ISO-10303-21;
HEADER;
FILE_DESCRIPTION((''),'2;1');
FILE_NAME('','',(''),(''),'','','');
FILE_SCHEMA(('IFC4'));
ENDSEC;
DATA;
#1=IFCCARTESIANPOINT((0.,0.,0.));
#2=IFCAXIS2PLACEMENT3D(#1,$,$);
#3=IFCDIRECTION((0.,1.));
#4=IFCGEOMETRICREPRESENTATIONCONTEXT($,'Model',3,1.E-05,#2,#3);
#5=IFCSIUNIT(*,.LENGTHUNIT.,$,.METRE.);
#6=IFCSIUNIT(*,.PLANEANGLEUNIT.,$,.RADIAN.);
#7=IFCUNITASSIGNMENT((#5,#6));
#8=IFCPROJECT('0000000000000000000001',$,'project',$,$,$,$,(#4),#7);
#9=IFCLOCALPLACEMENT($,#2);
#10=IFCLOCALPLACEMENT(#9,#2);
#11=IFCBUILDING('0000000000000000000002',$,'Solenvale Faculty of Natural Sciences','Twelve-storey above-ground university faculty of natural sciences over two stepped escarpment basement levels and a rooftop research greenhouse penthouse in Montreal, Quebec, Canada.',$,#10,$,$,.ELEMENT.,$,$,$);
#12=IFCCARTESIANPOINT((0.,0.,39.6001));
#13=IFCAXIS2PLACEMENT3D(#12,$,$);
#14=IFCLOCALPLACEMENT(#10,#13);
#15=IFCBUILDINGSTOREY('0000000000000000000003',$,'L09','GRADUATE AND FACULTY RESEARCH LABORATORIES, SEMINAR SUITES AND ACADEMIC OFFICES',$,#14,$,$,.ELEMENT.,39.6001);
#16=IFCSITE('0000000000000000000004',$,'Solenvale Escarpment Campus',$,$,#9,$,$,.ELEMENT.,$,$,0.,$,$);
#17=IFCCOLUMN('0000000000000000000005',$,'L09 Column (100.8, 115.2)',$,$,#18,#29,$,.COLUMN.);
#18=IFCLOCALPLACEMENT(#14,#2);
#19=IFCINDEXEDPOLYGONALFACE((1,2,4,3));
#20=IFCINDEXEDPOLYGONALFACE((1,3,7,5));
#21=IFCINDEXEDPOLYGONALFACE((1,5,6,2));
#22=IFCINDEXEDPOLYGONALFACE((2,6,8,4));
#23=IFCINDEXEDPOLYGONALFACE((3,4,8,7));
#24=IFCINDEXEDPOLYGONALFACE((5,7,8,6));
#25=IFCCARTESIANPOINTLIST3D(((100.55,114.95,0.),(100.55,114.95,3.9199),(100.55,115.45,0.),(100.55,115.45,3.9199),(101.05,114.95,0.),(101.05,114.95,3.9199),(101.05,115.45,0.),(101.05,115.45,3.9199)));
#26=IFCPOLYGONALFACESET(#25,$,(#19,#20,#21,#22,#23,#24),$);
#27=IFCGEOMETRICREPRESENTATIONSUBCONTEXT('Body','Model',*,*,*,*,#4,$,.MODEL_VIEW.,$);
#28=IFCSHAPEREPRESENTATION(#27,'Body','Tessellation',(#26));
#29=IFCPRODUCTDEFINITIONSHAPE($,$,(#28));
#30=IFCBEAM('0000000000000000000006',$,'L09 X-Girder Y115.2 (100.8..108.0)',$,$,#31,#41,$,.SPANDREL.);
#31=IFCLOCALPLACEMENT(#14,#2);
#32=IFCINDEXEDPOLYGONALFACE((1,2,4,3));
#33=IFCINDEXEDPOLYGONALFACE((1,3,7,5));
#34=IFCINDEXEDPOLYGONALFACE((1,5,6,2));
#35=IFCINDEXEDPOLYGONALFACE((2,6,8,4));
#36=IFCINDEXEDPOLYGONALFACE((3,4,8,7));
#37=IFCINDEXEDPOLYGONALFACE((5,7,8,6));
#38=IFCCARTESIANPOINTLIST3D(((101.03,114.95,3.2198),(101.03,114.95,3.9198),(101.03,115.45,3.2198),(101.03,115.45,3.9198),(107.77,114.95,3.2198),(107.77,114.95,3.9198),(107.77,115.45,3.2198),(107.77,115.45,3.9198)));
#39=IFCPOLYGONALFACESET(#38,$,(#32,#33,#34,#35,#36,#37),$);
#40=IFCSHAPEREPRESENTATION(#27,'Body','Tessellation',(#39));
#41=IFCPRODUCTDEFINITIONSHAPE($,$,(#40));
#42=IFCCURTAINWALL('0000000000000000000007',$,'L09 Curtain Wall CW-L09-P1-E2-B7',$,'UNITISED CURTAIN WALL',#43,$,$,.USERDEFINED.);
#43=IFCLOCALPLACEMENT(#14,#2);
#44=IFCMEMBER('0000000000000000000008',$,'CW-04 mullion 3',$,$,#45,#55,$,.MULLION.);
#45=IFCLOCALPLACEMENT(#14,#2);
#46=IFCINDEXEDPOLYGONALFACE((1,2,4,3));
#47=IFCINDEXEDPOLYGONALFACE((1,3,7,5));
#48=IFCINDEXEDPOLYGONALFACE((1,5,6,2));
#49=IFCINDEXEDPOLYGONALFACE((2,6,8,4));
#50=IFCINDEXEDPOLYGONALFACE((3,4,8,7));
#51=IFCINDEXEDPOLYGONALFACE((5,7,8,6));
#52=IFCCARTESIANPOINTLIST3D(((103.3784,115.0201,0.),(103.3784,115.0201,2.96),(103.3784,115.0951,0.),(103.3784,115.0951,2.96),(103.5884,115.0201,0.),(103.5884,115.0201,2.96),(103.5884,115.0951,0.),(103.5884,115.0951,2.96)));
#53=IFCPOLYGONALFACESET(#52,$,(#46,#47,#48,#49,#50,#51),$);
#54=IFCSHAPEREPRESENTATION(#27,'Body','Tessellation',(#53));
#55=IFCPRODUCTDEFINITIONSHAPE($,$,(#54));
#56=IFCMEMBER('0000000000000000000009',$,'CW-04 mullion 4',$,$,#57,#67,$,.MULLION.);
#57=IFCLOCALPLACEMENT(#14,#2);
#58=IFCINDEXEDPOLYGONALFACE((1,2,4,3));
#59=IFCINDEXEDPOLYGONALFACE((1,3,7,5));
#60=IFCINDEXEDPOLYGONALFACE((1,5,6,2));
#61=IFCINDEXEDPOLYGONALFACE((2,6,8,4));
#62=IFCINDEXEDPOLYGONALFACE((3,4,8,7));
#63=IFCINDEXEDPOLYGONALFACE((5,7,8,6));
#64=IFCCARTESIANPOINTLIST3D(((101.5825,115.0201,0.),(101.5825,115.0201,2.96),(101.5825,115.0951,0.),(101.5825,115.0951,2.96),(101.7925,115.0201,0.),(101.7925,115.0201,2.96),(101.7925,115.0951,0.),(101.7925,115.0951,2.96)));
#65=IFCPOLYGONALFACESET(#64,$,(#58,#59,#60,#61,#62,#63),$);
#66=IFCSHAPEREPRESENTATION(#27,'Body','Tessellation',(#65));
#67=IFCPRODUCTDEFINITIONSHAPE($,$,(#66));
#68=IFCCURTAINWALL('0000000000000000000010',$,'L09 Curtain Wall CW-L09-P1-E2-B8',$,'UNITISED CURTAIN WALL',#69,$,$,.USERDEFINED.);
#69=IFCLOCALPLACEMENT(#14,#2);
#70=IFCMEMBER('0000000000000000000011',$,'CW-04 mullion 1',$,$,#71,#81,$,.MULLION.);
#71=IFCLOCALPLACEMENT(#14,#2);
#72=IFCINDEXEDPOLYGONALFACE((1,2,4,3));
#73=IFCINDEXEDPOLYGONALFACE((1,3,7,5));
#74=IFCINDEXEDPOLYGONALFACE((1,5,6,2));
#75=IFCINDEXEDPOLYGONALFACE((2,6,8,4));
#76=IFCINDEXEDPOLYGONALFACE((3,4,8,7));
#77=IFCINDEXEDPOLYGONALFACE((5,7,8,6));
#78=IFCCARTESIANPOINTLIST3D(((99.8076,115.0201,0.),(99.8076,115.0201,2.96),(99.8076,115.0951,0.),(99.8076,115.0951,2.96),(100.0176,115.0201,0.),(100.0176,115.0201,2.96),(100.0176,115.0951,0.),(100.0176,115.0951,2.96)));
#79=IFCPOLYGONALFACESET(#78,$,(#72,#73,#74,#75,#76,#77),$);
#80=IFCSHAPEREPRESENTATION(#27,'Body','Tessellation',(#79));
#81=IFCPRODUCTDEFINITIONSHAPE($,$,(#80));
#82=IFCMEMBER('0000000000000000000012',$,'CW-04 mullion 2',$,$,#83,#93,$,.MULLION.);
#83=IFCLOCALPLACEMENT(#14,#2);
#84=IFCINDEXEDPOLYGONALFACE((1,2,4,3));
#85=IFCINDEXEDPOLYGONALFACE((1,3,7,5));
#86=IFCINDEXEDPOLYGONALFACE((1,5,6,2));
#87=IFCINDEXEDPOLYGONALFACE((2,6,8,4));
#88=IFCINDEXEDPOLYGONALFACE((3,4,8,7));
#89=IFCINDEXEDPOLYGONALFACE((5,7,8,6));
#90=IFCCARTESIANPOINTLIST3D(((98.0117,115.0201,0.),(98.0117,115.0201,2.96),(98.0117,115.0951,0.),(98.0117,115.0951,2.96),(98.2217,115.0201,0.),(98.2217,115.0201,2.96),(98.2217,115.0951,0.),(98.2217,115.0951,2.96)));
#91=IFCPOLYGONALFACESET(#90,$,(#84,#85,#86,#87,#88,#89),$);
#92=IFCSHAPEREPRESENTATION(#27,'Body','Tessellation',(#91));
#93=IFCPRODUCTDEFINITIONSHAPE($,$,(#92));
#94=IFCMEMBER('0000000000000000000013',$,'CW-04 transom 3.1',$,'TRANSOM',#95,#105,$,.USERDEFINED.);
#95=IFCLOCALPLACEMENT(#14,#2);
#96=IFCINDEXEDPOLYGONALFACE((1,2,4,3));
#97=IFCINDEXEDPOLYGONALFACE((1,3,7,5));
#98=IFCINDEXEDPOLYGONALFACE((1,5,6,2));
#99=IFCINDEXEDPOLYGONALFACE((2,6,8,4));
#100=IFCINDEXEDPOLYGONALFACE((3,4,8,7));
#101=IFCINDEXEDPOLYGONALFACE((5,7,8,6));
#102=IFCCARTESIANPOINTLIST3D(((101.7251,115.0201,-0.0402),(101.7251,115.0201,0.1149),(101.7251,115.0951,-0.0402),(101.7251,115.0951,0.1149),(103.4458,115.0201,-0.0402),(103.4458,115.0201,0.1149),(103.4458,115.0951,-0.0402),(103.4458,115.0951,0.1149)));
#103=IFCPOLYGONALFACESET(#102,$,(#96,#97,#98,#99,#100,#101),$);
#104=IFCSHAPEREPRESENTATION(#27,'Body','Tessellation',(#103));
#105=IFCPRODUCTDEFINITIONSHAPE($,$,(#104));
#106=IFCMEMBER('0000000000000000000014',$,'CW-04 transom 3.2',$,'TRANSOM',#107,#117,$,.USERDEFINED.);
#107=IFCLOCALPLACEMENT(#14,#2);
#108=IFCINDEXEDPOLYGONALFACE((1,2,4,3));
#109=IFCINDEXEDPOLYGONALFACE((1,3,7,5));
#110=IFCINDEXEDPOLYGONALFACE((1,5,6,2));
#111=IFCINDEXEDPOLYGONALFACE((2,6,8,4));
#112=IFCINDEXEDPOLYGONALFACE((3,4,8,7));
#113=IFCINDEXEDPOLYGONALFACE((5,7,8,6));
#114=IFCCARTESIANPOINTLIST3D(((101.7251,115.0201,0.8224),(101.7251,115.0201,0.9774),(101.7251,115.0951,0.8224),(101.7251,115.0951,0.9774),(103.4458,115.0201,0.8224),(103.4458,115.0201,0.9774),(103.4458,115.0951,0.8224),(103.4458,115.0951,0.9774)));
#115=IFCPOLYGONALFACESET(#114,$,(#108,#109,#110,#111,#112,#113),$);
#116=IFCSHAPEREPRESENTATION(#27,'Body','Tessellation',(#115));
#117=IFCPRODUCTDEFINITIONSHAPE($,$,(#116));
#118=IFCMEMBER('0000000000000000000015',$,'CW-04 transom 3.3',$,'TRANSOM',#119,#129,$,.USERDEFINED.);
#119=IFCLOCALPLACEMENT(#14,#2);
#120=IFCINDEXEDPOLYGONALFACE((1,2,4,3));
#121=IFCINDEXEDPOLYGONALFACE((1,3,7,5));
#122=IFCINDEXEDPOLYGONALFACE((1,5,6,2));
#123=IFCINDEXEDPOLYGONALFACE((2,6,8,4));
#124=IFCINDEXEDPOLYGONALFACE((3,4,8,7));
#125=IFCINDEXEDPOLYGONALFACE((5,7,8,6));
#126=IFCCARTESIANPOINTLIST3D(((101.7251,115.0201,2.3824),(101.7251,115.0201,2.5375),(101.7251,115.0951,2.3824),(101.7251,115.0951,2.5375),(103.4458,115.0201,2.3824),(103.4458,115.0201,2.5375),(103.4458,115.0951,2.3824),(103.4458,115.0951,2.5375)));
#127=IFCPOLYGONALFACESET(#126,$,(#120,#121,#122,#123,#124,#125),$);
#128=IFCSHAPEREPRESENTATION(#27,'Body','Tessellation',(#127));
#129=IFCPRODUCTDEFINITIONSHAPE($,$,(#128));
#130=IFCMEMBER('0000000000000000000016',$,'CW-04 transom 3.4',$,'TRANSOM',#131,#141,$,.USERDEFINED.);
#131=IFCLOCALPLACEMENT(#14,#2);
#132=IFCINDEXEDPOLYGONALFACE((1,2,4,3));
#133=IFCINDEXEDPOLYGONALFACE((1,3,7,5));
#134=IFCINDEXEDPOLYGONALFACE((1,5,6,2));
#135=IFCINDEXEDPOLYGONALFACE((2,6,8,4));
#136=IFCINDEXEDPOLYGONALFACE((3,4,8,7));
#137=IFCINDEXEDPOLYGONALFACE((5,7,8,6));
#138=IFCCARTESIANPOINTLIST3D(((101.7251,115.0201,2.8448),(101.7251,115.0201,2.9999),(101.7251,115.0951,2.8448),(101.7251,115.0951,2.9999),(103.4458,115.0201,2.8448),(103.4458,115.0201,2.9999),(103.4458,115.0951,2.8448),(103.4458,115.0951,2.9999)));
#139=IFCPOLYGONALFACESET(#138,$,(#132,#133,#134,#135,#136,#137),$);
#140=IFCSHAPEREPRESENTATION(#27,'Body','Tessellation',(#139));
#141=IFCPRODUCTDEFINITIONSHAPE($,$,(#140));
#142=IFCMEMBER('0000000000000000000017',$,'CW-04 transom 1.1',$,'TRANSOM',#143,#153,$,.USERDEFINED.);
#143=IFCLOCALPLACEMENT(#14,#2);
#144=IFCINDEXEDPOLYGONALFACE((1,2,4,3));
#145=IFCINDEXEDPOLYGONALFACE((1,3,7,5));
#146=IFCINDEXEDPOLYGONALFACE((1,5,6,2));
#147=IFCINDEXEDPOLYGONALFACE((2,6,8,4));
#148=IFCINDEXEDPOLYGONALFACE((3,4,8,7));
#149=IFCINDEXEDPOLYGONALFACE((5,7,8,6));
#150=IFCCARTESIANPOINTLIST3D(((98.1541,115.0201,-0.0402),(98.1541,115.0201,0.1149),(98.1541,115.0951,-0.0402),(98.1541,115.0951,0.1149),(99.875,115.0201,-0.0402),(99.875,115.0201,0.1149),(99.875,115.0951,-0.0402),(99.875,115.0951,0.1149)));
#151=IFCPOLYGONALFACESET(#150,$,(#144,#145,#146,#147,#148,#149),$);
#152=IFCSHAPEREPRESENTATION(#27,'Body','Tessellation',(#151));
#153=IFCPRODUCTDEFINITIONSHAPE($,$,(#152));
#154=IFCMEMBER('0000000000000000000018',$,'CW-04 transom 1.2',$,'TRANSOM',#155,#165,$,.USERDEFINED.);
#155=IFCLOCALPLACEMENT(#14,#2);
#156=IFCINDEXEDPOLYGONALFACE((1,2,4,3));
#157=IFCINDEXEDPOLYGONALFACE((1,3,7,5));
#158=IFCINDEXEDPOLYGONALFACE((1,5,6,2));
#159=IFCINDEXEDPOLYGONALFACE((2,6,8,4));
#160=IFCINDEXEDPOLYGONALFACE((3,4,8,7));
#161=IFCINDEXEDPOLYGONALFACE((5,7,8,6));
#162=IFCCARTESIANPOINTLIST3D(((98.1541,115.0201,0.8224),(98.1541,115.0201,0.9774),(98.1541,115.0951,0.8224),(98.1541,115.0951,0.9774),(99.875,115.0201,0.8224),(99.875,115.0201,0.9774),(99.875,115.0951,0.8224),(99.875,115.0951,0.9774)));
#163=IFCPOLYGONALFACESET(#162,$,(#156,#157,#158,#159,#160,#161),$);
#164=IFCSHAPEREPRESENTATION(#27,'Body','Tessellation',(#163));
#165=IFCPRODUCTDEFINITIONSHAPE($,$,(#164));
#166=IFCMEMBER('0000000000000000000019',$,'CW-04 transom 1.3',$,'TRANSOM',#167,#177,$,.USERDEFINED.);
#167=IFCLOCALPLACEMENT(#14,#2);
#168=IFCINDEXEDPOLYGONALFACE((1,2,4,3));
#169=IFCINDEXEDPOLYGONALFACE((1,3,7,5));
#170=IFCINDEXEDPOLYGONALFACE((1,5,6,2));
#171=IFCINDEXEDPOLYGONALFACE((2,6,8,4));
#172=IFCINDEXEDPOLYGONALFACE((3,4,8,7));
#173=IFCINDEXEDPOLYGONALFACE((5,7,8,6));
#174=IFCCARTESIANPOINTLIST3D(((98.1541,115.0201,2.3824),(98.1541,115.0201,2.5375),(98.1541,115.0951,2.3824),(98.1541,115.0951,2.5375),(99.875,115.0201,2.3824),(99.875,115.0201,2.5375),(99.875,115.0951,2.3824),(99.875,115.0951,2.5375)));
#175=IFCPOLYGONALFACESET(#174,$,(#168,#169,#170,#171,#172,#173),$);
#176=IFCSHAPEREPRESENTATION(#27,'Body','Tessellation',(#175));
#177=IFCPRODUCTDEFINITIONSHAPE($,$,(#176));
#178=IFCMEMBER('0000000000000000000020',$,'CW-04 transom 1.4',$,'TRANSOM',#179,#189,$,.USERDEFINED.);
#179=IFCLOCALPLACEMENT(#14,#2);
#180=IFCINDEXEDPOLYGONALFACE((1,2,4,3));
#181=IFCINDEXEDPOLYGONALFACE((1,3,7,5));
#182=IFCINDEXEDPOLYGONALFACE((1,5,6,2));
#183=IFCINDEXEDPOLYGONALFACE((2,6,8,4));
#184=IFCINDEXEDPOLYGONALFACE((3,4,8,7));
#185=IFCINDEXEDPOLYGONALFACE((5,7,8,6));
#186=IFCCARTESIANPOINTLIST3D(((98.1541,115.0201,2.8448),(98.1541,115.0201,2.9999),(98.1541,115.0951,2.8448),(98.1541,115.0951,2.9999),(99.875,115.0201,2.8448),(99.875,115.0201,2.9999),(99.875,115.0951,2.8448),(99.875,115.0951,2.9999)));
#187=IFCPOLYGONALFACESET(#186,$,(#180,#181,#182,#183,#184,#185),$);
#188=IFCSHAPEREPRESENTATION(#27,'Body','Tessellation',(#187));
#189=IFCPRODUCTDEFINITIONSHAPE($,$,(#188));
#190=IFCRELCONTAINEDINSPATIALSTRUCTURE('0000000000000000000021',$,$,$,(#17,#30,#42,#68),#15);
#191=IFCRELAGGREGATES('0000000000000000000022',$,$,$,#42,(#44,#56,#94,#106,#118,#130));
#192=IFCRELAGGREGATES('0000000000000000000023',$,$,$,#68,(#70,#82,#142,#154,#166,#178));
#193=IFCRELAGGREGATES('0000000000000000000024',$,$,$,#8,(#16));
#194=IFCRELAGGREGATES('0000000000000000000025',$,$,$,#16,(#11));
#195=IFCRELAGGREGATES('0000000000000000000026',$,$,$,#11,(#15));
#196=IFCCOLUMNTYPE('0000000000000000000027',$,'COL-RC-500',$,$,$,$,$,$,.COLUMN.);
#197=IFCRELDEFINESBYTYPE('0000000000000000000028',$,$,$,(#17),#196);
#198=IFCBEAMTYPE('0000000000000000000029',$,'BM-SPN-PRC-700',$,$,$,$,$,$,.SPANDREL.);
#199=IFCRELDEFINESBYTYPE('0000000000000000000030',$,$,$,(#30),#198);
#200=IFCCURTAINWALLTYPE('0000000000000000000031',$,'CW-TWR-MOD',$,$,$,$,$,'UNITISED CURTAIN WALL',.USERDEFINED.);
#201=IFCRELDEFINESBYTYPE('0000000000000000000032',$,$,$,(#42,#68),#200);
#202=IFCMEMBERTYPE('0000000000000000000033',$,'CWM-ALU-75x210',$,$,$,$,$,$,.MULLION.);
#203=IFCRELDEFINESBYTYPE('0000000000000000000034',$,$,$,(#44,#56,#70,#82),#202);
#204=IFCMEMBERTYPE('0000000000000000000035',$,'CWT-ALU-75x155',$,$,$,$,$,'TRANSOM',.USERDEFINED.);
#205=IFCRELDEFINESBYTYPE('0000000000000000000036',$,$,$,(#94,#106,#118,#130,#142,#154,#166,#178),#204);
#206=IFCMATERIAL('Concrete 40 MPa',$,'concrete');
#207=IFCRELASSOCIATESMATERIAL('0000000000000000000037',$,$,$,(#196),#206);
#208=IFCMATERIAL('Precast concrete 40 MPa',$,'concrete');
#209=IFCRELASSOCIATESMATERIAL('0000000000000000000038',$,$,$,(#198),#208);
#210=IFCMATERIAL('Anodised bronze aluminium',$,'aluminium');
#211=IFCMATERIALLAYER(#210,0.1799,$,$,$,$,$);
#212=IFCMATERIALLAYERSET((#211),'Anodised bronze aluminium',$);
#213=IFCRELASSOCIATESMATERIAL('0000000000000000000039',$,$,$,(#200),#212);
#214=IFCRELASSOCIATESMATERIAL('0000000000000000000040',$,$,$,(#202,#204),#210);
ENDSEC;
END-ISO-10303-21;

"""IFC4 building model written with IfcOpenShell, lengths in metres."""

from ifc_helpers import new_model, si_unit, direction, frame, origin, origin_2d, place, context, subcontext, project, spatial, rectangle, extrude, material, layer, layer_set, material_profile, profile_set, type_object, element, aggregate, save


model = new_model("IFC4")

# Units and contexts
model_context = context("Model", 3, precision=1e-05, world=origin(), true_north=direction((0.0, 1.0)))
body_context = subcontext(model_context, "Body", "Model", "MODEL_VIEW")
ifc_project = project(units=[si_unit("LENGTHUNIT", "METRE"), si_unit("PLANEANGLEUNIT", "RADIAN")], contexts=[model_context])

# Site, building, storey
site_placement = place(None, origin())
site = spatial("IfcSite", under=ifc_project, at=site_placement, Name="Solenvale Escarpment Campus", CompositionType="ELEMENT", RefElevation=0.0)
building_placement = place(site_placement, origin())
building = spatial("IfcBuilding", under=site, at=building_placement, Name="Solenvale Faculty of Natural Sciences", Description="Twelve-storey above-ground university faculty of natural sciences over two stepped escarpment basement levels and a rooftop research greenhouse penthouse in Montreal, Quebec, Canada.", CompositionType="ELEMENT")
storey_placement = place(building_placement, frame((0.0, 0.0, 39.6001)))
storey = spatial("IfcBuildingStorey", under=building, at=storey_placement, Name="L09", Description="GRADUATE AND FACULTY RESEARCH LABORATORIES, SEMINAR SUITES AND ACADEMIC OFFICES", CompositionType="ELEMENT", Elevation=39.6001)

# Column
ifc_material_1 = material(Name="Concrete 40 MPa", Category="concrete")
ifc_material_profile_1 = material_profile(ifc_material_1, rectangle(XDim=0.5, YDim=0.5, at=origin_2d()), Name="RC-COL-500x500")
ifc_profile_set_1 = profile_set([ifc_material_profile_1], Name="Concrete 40 MPa")
column_type = type_object("IfcColumnType", Name="COL-RC-500", PredefinedType="COLUMN", material=ifc_profile_set_1)
column_placement = place(storey_placement, frame((100.8, 115.2, 0.0), z_axis=(0.0, 0.0, 1.0), x_axis=(1.0, 0.0, 0.0)))
element("IfcColumn", 1, at=column_placement, inside=storey, type_object=column_type, Name="L09 Column (100.8, 115.2)", PredefinedType="COLUMN", context=body_context, shape_type="SweptSolid", body=[
    extrude(rectangle(XDim=0.5, YDim=0.5, at=origin_2d()), origin(), (0.0, 0.0, 1.0), 3.9199),
])

# Beam
ifc_material_2 = material(Name="Precast concrete 40 MPa", Category="concrete")
ifc_material_profile_2 = material_profile(ifc_material_2, rectangle(XDim=0.5, YDim=0.7, at=origin_2d()), Name="RC-BM-500x700")
ifc_profile_set_2 = profile_set([ifc_material_profile_2], Name="Precast concrete 40 MPa")
beam_type = type_object("IfcBeamType", Name="BM-SPN-PRC-700", PredefinedType="SPANDREL", material=ifc_profile_set_2)
beam_placement = place(storey_placement, frame((101.03, 115.2, 3.5698), z_axis=(1.0, 0.0, 0.0), x_axis=(0.0, 1.0, 0.0)))
element("IfcBeam", 2, at=beam_placement, inside=storey, type_object=beam_type, Name="L09 X-Girder Y115.2 (100.8..108.0)", PredefinedType="SPANDREL", context=body_context, shape_type="SweptSolid", body=[
    extrude(rectangle(XDim=0.5, YDim=0.7, at=origin_2d()), origin(), (0.0, 0.0, 1.0), 6.74),
])

# Curtain walls, members
ifc_material_3 = material(Name="Anodised bronze aluminium", Category="aluminium")
ifc_layer_1 = layer(ifc_material_3, 0.1799)
ifc_layer_set_1 = layer_set([ifc_layer_1], Name="Anodised bronze aluminium")
curtain_wall_type = type_object("IfcCurtainWallType", Name="CW-TWR-MOD", ElementType="UNITISED CURTAIN WALL", PredefinedType="USERDEFINED", material=ifc_layer_set_1)
curtain_wall_1_placement = place(storey_placement, origin())
curtain_wall_1 = element("IfcCurtainWall", 3, at=curtain_wall_1_placement, inside=storey, type_object=curtain_wall_type, Name="L09 Curtain Wall CW-L09-P1-E2-B7", ObjectType="UNITISED CURTAIN WALL", PredefinedType="USERDEFINED")
ifc_material_profile_3 = material_profile(ifc_material_3, rectangle(XDim=0.075, YDim=0.21, at=origin_2d()), Name="ALU-MUL-75x210")
ifc_profile_set_3 = profile_set([ifc_material_profile_3], Name="Anodised bronze aluminium")
member_type_1 = type_object("IfcMemberType", Name="CWM-ALU-75x210", PredefinedType="MULLION", material=ifc_profile_set_3)
member_1_placement = place(storey_placement, frame((103.4834, 115.0576, 0.0), z_axis=(0.0, 0.0, 1.0), x_axis=(0.0, -1.0, 0.0)))
member_1 = element("IfcMember", 4, at=member_1_placement, type_object=member_type_1, Name="CW-04 mullion 3", PredefinedType="MULLION", context=body_context, shape_type="SweptSolid", body=[
    extrude(rectangle(XDim=0.075, YDim=0.21, at=origin_2d()), origin(), (0.0, 0.0, 1.0), 2.96),
])
member_2_placement = place(storey_placement, frame((101.6875, 115.0576, 0.0), z_axis=(0.0, 0.0, 1.0), x_axis=(0.0, -1.0, 0.0)))
member_2 = element("IfcMember", 5, at=member_2_placement, type_object=member_type_1, Name="CW-04 mullion 4", PredefinedType="MULLION", context=body_context, shape_type="SweptSolid", body=[
    extrude(rectangle(XDim=0.075, YDim=0.21, at=origin_2d()), origin(), (0.0, 0.0, 1.0), 2.96),
])
curtain_wall_2_placement = place(storey_placement, origin())
curtain_wall_2 = element("IfcCurtainWall", 6, at=curtain_wall_2_placement, inside=storey, type_object=curtain_wall_type, Name="L09 Curtain Wall CW-L09-P1-E2-B8", ObjectType="UNITISED CURTAIN WALL", PredefinedType="USERDEFINED")
member_3_placement = place(storey_placement, frame((99.9126, 115.0576, 0.0), z_axis=(0.0, 0.0, 1.0), x_axis=(0.0, -1.0, 0.0)))
member_3 = element("IfcMember", 7, at=member_3_placement, type_object=member_type_1, Name="CW-04 mullion 1", PredefinedType="MULLION", context=body_context, shape_type="SweptSolid", body=[
    extrude(rectangle(XDim=0.075, YDim=0.21, at=origin_2d()), origin(), (0.0, 0.0, 1.0), 2.96),
])
member_4_placement = place(storey_placement, frame((98.1167, 115.0576, 0.0), z_axis=(0.0, 0.0, 1.0), x_axis=(0.0, -1.0, 0.0)))
member_4 = element("IfcMember", 8, at=member_4_placement, type_object=member_type_1, Name="CW-04 mullion 2", PredefinedType="MULLION", context=body_context, shape_type="SweptSolid", body=[
    extrude(rectangle(XDim=0.075, YDim=0.21, at=origin_2d()), origin(), (0.0, 0.0, 1.0), 2.96),
])

# Members
ifc_material_profile_4 = material_profile(ifc_material_3, rectangle(XDim=0.075, YDim=0.155, at=origin_2d()), Name="ALU-TRN-75x155")
ifc_profile_set_4 = profile_set([ifc_material_profile_4], Name="Anodised bronze aluminium")
member_type_2 = type_object("IfcMemberType", Name="CWT-ALU-75x155", ElementType="TRANSOM", PredefinedType="USERDEFINED", material=ifc_profile_set_4)
member_5_placement = place(storey_placement, frame((103.4458, 115.0576, 0.0374), z_axis=(-1.0, 0.0, 0.0), x_axis=(0.0, -1.0, 0.0)))
member_5 = element("IfcMember", 9, at=member_5_placement, type_object=member_type_2, Name="CW-04 transom 3.1", ObjectType="TRANSOM", PredefinedType="USERDEFINED", context=body_context, shape_type="SweptSolid", body=[
    extrude(rectangle(XDim=0.075, YDim=0.155, at=origin_2d()), origin(), (0.0, 0.0, 1.0), 1.7207),
])
member_6_placement = place(storey_placement, frame((103.4458, 115.0576, 0.8999), z_axis=(-1.0, 0.0, 0.0), x_axis=(0.0, -1.0, 0.0)))
member_6 = element("IfcMember", 10, at=member_6_placement, type_object=member_type_2, Name="CW-04 transom 3.2", ObjectType="TRANSOM", PredefinedType="USERDEFINED", context=body_context, shape_type="SweptSolid", body=[
    extrude(rectangle(XDim=0.075, YDim=0.155, at=origin_2d()), origin(), (0.0, 0.0, 1.0), 1.7207),
])
member_7_placement = place(storey_placement, frame((103.4458, 115.0576, 2.46), z_axis=(-1.0, 0.0, 0.0), x_axis=(0.0, -1.0, 0.0)))
member_7 = element("IfcMember", 11, at=member_7_placement, type_object=member_type_2, Name="CW-04 transom 3.3", ObjectType="TRANSOM", PredefinedType="USERDEFINED", context=body_context, shape_type="SweptSolid", body=[
    extrude(rectangle(XDim=0.075, YDim=0.155, at=origin_2d()), origin(), (0.0, 0.0, 1.0), 1.7207),
])
member_8_placement = place(storey_placement, frame((103.4458, 115.0576, 2.9224), z_axis=(-1.0, 0.0, 0.0), x_axis=(0.0, -1.0, 0.0)))
member_8 = element("IfcMember", 12, at=member_8_placement, type_object=member_type_2, Name="CW-04 transom 3.4", ObjectType="TRANSOM", PredefinedType="USERDEFINED", context=body_context, shape_type="SweptSolid", body=[
    extrude(rectangle(XDim=0.075, YDim=0.155, at=origin_2d()), origin(), (0.0, 0.0, 1.0), 1.7207),
])
member_9_placement = place(storey_placement, frame((99.875, 115.0576, 0.0374), z_axis=(-1.0, 0.0, 0.0), x_axis=(0.0, -1.0, 0.0)))
member_9 = element("IfcMember", 13, at=member_9_placement, type_object=member_type_2, Name="CW-04 transom 1.1", ObjectType="TRANSOM", PredefinedType="USERDEFINED", context=body_context, shape_type="SweptSolid", body=[
    extrude(rectangle(XDim=0.075, YDim=0.155, at=origin_2d()), origin(), (0.0, 0.0, 1.0), 1.7209),
])
member_10_placement = place(storey_placement, frame((99.875, 115.0576, 0.8999), z_axis=(-1.0, 0.0, 0.0), x_axis=(0.0, -1.0, 0.0)))
member_10 = element("IfcMember", 14, at=member_10_placement, type_object=member_type_2, Name="CW-04 transom 1.2", ObjectType="TRANSOM", PredefinedType="USERDEFINED", context=body_context, shape_type="SweptSolid", body=[
    extrude(rectangle(XDim=0.075, YDim=0.155, at=origin_2d()), origin(), (0.0, 0.0, 1.0), 1.7209),
])
member_11_placement = place(storey_placement, frame((99.875, 115.0576, 2.46), z_axis=(-1.0, 0.0, 0.0), x_axis=(0.0, -1.0, 0.0)))
member_11 = element("IfcMember", 15, at=member_11_placement, type_object=member_type_2, Name="CW-04 transom 1.3", ObjectType="TRANSOM", PredefinedType="USERDEFINED", context=body_context, shape_type="SweptSolid", body=[
    extrude(rectangle(XDim=0.075, YDim=0.155, at=origin_2d()), origin(), (0.0, 0.0, 1.0), 1.7209),
])
member_12_placement = place(storey_placement, frame((99.875, 115.0576, 2.9224), z_axis=(-1.0, 0.0, 0.0), x_axis=(0.0, -1.0, 0.0)))
member_12 = element("IfcMember", 16, at=member_12_placement, type_object=member_type_2, Name="CW-04 transom 1.4", ObjectType="TRANSOM", PredefinedType="USERDEFINED", context=body_context, shape_type="SweptSolid", body=[
    extrude(rectangle(XDim=0.075, YDim=0.155, at=origin_2d()), origin(), (0.0, 0.0, 1.0), 1.7209),
])

aggregate(curtain_wall_1, [member_1, member_2, member_5, member_6, member_7, member_8])
aggregate(curtain_wall_2, [member_3, member_4, member_9, member_10, member_11, member_12])

save(model, "model.ifc")
